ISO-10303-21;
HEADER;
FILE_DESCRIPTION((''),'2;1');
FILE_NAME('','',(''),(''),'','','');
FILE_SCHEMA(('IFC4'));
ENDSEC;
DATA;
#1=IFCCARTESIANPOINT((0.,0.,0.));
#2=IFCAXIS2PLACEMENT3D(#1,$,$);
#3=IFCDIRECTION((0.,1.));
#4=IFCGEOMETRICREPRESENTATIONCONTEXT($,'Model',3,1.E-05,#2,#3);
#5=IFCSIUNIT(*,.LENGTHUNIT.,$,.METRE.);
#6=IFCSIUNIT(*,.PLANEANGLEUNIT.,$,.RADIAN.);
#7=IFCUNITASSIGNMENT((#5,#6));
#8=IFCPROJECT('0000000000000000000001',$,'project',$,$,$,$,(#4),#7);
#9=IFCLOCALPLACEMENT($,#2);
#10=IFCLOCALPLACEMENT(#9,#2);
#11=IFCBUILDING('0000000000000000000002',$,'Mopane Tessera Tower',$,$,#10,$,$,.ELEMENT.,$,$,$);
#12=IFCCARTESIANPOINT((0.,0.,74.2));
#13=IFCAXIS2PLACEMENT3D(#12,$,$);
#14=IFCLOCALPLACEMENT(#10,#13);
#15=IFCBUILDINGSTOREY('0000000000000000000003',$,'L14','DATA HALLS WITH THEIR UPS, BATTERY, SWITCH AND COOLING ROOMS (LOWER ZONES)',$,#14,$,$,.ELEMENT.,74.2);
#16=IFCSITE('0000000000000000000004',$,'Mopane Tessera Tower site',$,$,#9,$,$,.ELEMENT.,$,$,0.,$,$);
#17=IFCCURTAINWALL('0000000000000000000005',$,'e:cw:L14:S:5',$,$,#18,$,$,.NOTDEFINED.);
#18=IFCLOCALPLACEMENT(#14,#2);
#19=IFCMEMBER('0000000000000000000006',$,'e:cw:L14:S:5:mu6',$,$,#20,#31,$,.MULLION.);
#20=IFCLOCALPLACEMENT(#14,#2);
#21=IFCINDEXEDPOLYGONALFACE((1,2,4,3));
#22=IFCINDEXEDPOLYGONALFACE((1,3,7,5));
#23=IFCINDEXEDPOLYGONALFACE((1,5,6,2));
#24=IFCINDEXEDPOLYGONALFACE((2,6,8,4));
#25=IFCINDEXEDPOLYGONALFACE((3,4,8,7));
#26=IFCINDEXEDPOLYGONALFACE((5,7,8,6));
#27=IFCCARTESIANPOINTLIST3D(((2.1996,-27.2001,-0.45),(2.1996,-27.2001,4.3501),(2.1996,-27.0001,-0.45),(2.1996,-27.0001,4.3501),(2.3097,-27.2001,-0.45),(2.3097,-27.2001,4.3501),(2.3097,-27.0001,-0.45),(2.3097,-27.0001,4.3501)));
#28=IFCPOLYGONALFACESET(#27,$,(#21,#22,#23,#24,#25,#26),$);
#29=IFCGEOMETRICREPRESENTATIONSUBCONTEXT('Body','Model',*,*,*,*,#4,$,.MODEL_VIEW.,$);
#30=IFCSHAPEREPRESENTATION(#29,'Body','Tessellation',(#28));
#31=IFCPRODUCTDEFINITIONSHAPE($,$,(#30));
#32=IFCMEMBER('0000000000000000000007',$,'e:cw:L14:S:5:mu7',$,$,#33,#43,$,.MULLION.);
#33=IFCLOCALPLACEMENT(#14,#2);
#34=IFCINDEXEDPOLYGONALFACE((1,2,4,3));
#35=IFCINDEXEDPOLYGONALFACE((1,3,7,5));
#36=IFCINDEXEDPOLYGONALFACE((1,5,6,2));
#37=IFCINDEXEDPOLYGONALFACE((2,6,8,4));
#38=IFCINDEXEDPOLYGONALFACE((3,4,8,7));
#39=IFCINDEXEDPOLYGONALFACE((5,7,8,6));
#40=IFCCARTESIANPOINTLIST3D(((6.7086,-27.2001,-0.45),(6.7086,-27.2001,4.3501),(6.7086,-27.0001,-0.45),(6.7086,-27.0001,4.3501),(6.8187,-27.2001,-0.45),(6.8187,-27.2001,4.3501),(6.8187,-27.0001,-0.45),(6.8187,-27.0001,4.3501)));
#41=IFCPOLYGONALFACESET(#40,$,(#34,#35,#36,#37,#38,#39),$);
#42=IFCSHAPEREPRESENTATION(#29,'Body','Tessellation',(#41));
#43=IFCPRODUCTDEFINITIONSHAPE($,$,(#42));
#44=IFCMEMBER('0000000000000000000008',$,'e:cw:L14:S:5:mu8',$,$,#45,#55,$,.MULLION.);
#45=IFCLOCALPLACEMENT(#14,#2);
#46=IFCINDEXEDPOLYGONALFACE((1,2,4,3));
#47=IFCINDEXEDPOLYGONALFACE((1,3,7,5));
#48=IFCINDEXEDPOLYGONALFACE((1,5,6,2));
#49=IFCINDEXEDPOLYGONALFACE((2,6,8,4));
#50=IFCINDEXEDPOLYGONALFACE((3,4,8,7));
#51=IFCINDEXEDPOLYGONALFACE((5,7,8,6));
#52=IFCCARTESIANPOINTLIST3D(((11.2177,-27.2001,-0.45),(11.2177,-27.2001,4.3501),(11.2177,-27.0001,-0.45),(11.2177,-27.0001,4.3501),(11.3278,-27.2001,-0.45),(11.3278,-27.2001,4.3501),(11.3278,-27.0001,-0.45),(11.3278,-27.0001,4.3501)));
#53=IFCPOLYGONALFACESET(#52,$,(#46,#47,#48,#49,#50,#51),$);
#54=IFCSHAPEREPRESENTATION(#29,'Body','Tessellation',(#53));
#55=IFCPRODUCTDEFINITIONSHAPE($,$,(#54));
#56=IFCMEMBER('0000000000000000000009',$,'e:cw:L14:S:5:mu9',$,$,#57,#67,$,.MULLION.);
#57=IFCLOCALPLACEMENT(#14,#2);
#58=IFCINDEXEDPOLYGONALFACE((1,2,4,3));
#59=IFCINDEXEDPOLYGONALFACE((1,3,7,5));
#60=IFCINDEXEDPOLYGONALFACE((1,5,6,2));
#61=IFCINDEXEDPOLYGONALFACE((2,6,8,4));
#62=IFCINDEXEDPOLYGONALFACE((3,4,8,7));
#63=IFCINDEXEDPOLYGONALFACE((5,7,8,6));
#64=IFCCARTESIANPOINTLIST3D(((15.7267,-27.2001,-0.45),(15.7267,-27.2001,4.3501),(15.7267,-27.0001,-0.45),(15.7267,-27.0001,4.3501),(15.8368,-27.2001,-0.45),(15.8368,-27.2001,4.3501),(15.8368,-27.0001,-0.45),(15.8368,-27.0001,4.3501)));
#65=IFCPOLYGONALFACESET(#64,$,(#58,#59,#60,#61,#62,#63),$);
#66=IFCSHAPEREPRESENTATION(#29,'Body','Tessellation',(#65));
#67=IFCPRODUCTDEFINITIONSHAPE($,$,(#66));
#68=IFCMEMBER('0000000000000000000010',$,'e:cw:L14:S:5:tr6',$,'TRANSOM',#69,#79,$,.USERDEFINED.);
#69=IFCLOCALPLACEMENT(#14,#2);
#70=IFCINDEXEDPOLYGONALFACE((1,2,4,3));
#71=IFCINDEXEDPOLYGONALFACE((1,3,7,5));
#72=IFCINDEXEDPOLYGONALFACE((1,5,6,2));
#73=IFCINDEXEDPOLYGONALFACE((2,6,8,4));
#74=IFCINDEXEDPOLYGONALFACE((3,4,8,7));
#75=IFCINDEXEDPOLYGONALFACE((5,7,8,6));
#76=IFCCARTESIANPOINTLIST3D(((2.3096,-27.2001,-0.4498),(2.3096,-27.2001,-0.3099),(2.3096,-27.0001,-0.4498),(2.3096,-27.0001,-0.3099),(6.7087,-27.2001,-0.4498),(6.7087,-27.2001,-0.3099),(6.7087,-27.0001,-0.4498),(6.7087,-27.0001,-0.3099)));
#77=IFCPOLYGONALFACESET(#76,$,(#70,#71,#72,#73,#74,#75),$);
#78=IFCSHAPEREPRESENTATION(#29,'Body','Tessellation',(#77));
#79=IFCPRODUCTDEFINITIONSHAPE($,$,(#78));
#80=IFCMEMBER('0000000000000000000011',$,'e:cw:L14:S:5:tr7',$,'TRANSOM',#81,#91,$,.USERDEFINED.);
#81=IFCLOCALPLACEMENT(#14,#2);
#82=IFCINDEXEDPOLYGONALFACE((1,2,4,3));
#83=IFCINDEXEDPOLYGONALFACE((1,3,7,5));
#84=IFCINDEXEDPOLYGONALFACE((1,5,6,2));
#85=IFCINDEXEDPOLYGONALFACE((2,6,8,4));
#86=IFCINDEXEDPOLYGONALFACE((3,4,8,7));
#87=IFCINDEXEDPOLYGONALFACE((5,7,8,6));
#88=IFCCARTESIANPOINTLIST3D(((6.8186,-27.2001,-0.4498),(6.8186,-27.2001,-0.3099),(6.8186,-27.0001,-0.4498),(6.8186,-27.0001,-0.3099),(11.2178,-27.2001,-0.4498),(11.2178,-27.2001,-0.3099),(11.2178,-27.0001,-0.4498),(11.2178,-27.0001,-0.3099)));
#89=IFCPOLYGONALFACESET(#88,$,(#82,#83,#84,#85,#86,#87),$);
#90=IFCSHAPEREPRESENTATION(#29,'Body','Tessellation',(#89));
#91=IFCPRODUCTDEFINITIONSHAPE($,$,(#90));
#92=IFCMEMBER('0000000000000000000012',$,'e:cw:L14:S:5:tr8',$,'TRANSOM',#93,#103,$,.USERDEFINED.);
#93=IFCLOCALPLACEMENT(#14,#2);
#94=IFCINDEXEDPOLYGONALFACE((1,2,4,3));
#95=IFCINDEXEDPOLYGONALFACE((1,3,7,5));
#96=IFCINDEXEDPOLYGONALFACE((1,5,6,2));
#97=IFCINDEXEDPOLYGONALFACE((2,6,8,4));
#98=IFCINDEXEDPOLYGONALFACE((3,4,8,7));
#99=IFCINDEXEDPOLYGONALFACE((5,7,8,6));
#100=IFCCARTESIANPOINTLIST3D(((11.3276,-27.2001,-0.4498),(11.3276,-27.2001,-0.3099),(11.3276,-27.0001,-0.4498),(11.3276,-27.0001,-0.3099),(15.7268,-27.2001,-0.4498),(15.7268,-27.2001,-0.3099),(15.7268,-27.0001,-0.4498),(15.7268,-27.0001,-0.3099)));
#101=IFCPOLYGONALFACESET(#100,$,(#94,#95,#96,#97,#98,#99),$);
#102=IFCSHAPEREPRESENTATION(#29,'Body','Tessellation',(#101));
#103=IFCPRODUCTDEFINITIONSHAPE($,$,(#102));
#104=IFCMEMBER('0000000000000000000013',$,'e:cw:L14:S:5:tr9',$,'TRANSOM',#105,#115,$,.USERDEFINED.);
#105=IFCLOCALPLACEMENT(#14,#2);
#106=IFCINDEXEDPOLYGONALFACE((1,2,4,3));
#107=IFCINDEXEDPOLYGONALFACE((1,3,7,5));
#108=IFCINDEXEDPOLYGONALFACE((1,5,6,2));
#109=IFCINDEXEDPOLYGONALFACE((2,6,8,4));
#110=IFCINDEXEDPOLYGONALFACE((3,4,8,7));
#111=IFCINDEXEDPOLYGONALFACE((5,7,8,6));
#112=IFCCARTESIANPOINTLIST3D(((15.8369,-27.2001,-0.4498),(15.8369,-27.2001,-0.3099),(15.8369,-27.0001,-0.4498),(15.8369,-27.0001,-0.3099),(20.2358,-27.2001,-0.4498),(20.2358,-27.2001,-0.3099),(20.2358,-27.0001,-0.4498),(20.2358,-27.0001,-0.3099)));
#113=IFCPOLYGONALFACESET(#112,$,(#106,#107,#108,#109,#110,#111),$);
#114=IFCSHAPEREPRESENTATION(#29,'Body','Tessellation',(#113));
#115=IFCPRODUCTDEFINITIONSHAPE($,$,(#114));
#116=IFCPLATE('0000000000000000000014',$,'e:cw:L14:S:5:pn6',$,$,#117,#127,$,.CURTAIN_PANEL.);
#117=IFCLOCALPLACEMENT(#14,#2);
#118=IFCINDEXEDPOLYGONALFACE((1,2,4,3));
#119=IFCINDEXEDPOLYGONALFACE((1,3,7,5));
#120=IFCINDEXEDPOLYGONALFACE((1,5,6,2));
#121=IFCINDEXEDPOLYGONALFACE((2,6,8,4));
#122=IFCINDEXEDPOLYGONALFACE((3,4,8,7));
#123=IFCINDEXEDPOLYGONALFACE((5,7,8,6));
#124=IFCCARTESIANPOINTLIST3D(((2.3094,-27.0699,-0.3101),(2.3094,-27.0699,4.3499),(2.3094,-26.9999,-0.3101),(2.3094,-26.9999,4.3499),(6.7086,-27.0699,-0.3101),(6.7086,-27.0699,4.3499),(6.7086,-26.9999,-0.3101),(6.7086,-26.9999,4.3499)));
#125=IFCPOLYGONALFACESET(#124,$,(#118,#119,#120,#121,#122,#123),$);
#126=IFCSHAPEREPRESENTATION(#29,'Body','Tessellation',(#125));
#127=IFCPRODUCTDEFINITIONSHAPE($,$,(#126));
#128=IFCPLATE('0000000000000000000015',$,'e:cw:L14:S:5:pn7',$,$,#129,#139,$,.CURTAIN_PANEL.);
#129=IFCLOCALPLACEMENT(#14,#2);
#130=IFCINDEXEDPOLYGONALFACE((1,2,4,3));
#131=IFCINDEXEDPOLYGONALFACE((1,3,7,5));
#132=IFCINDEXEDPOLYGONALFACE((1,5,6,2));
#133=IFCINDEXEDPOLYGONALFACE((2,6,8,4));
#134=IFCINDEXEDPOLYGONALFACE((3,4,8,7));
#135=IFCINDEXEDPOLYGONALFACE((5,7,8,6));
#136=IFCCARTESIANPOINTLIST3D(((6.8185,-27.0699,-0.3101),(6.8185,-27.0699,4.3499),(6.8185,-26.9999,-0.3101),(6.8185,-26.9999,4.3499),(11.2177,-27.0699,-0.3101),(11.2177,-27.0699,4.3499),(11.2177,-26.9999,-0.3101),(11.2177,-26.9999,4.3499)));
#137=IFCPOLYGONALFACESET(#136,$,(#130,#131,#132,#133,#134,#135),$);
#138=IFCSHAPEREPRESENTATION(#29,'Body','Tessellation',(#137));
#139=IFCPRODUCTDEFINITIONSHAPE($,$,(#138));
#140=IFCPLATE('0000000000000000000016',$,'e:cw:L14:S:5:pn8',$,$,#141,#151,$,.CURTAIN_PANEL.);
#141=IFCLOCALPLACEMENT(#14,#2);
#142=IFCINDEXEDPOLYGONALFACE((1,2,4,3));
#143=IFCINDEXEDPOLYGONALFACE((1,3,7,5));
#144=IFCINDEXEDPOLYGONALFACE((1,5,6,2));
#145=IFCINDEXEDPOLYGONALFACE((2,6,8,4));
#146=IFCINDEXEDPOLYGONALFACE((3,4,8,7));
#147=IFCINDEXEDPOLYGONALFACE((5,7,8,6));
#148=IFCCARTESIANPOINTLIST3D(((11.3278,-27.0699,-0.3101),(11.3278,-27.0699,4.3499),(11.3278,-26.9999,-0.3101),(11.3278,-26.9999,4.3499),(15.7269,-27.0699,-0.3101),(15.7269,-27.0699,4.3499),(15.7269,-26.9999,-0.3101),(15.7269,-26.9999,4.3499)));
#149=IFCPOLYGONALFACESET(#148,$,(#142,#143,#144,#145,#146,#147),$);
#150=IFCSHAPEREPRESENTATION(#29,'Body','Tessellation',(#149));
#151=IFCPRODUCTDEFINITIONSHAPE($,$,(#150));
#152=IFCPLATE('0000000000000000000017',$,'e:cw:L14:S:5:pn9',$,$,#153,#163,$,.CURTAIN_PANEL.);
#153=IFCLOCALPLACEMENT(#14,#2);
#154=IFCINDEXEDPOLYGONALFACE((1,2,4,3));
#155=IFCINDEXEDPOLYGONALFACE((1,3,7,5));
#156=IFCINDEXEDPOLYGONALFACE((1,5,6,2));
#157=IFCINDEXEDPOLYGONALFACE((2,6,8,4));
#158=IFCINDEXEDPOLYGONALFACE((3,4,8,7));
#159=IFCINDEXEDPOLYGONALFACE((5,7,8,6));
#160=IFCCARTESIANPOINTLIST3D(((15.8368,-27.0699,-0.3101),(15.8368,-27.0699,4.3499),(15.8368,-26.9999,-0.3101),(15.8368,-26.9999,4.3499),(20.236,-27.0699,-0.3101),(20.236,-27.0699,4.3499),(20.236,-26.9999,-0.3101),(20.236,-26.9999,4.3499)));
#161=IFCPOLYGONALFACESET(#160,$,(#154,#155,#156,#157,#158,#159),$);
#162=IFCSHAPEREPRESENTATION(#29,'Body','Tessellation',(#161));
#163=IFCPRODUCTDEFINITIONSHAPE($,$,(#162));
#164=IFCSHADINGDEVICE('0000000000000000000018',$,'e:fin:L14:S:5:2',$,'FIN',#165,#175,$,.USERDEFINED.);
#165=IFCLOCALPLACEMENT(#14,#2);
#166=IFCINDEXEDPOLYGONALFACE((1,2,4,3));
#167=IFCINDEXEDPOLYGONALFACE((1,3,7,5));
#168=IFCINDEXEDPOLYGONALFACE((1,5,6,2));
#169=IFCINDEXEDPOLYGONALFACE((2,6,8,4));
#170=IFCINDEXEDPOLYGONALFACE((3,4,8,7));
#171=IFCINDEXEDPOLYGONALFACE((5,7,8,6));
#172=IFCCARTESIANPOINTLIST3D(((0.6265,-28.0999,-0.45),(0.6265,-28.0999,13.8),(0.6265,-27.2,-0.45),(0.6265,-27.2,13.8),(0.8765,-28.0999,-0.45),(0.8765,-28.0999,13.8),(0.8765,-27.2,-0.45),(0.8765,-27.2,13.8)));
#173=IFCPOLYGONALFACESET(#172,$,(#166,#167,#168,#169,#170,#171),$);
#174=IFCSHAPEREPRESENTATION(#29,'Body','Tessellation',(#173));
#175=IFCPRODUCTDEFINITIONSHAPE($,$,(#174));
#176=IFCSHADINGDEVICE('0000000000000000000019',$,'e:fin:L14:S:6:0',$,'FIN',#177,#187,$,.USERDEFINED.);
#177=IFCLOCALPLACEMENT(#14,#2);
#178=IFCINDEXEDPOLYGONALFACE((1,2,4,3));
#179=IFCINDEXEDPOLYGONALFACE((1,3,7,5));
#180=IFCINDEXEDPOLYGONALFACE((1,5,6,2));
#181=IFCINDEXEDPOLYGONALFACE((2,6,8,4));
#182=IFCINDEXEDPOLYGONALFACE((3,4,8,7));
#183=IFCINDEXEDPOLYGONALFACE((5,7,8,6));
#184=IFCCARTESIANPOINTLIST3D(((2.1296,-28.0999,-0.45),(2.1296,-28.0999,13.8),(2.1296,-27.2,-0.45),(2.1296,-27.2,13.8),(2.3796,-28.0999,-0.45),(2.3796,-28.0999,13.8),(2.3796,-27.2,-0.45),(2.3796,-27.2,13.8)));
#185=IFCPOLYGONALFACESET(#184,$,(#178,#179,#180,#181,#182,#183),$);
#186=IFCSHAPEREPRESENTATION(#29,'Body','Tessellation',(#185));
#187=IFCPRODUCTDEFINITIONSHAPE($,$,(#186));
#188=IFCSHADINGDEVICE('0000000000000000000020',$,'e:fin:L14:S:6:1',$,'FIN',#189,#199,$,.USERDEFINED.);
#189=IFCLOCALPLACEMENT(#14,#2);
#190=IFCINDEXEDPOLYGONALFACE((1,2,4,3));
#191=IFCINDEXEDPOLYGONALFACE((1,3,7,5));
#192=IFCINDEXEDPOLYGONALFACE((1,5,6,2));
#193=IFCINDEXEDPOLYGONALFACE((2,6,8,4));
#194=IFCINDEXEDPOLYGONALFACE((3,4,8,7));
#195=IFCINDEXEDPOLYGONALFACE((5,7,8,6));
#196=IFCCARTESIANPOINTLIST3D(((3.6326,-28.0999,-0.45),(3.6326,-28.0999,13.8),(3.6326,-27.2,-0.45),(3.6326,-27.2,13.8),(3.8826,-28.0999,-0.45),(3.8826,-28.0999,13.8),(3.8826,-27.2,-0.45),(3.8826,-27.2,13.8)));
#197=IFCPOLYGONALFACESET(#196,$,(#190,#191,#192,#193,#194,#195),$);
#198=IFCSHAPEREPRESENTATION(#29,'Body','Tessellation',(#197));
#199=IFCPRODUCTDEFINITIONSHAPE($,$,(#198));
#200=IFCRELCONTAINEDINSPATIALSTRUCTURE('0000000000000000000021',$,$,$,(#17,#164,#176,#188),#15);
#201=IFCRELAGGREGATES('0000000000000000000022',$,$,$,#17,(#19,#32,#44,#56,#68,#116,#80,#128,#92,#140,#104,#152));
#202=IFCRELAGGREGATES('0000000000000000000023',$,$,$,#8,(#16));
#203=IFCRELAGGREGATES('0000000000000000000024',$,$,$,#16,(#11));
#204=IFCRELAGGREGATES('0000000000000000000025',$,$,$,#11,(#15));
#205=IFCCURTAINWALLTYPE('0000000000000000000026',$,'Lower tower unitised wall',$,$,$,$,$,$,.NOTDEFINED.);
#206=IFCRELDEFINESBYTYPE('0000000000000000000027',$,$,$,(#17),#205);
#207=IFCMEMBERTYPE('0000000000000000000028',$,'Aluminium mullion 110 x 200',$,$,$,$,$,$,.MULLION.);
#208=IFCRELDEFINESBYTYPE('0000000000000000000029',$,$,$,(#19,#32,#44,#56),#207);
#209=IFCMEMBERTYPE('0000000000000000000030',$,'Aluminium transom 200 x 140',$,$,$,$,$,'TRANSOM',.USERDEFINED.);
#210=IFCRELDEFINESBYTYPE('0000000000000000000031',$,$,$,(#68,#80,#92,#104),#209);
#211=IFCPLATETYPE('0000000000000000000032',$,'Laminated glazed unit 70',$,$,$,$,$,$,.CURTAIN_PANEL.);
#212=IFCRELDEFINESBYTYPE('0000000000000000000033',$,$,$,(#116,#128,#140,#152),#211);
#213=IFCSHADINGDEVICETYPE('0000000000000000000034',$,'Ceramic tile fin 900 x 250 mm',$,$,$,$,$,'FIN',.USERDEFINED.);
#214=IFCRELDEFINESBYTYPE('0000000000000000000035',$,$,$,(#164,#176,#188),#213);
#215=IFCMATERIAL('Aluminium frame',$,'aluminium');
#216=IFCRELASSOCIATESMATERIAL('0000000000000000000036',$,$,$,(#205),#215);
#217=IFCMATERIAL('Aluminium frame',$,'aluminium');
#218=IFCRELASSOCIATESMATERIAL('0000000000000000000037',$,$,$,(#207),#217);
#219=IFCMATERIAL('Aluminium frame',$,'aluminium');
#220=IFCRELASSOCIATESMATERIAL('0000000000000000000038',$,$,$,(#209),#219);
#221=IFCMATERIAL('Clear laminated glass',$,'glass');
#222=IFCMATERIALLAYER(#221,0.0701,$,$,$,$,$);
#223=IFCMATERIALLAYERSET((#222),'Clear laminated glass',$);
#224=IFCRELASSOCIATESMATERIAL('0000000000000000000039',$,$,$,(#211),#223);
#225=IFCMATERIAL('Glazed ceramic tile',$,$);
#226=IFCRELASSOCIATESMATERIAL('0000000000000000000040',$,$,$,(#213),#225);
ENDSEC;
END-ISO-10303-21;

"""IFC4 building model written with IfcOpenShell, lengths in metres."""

from ifc_helpers import new_model, si_unit, direction, frame, origin, origin_2d, place, context, subcontext, project, spatial, rectangle, extrude, material, layer, layer_set, material_profile, profile_set, type_object, element, aggregate, save


model = new_model("IFC4")

# Units and contexts
model_context = context("Model", 3, precision=1e-05, world=origin(), true_north=direction((0.0, 1.0)))
body_context = subcontext(model_context, "Body", "Model", "MODEL_VIEW")
ifc_project = project(units=[si_unit("LENGTHUNIT", "METRE"), si_unit("PLANEANGLEUNIT", "RADIAN")], contexts=[model_context])

# Site, building, storey
site_placement = place(None, origin())
site = spatial("IfcSite", under=ifc_project, at=site_placement, Name="Mopane Tessera Tower site", CompositionType="ELEMENT", RefElevation=0.0)
building_placement = place(site_placement, origin())
building = spatial("IfcBuilding", under=site, at=building_placement, Name="Mopane Tessera Tower", CompositionType="ELEMENT")
storey_placement = place(building_placement, frame((0.0, 0.0, 74.2)))
storey = spatial("IfcBuildingStorey", under=building, at=storey_placement, Name="L14", Description="DATA HALLS WITH THEIR UPS, BATTERY, SWITCH AND COOLING ROOMS (LOWER ZONES)", CompositionType="ELEMENT", Elevation=74.2)

# Curtain wall, members, plates
ifc_material_1 = material(Name="Aluminium frame", Category="aluminium")
curtain_wall_type = type_object("IfcCurtainWallType", Name="Lower tower unitised wall", PredefinedType="NOTDEFINED", material=ifc_material_1)
curtain_wall_placement = place(storey_placement, origin())
curtain_wall = element("IfcCurtainWall", 1, at=curtain_wall_placement, inside=storey, type_object=curtain_wall_type, Name="e:cw:L14:S:5", PredefinedType="NOTDEFINED")
ifc_material_2 = material(Name="Aluminium frame", Category="aluminium")
ifc_material_profile_1 = material_profile(ifc_material_2, rectangle(XDim=0.1101, YDim=0.2, at=origin_2d()))
ifc_profile_set_1 = profile_set([ifc_material_profile_1], Name="Aluminium frame")
member_type_1 = type_object("IfcMemberType", Name="Aluminium mullion 110 x 200", PredefinedType="MULLION", material=ifc_profile_set_1)
member_1_placement = place(storey_placement, frame((2.2546, -27.1001, -0.45), z_axis=(0.0, 0.0, 1.0), x_axis=(1.0, 0.0, 0.0)))
member_1 = element("IfcMember", 2, at=member_1_placement, type_object=member_type_1, Name="e:cw:L14:S:5:mu6", PredefinedType="MULLION", context=body_context, shape_type="SweptSolid", body=[
    extrude(rectangle(XDim=0.1101, YDim=0.2, at=origin_2d()), origin(), (0.0, 0.0, 1.0), 4.8),
])
member_2_placement = place(storey_placement, frame((6.7637, -27.1001, -0.45), z_axis=(0.0, 0.0, 1.0), x_axis=(1.0, 0.0, 0.0)))
member_2 = element("IfcMember", 3, at=member_2_placement, type_object=member_type_1, Name="e:cw:L14:S:5:mu7", PredefinedType="MULLION", context=body_context, shape_type="SweptSolid", body=[
    extrude(rectangle(XDim=0.1101, YDim=0.2, at=origin_2d()), origin(), (0.0, 0.0, 1.0), 4.8),
])
member_3_placement = place(storey_placement, frame((11.2727, -27.1001, -0.45), z_axis=(0.0, 0.0, 1.0), x_axis=(1.0, 0.0, 0.0)))
member_3 = element("IfcMember", 4, at=member_3_placement, type_object=member_type_1, Name="e:cw:L14:S:5:mu8", PredefinedType="MULLION", context=body_context, shape_type="SweptSolid", body=[
    extrude(rectangle(XDim=0.1101, YDim=0.2, at=origin_2d()), origin(), (0.0, 0.0, 1.0), 4.8),
])
member_4_placement = place(storey_placement, frame((15.7817, -27.1001, -0.45), z_axis=(0.0, 0.0, 1.0), x_axis=(1.0, 0.0, 0.0)))
member_4 = element("IfcMember", 5, at=member_4_placement, type_object=member_type_1, Name="e:cw:L14:S:5:mu9", PredefinedType="MULLION", context=body_context, shape_type="SweptSolid", body=[
    extrude(rectangle(XDim=0.1101, YDim=0.2, at=origin_2d()), origin(), (0.0, 0.0, 1.0), 4.8),
])
ifc_material_3 = material(Name="Aluminium frame", Category="aluminium")
ifc_material_profile_2 = material_profile(ifc_material_3, rectangle(XDim=0.2, YDim=0.1399, at=origin_2d()))
ifc_profile_set_2 = profile_set([ifc_material_profile_2], Name="Aluminium frame")
member_type_2 = type_object("IfcMemberType", Name="Aluminium transom 200 x 140", ElementType="TRANSOM", PredefinedType="USERDEFINED", material=ifc_profile_set_2)
member_5_placement = place(storey_placement, frame((2.3096, -27.1001, -0.3799), z_axis=(1.0, 0.0, 0.0), x_axis=(0.0, 1.0, 0.0)))
member_5 = element("IfcMember", 6, at=member_5_placement, type_object=member_type_2, Name="e:cw:L14:S:5:tr6", ObjectType="TRANSOM", PredefinedType="USERDEFINED", context=body_context, shape_type="SweptSolid", body=[
    extrude(rectangle(XDim=0.2, YDim=0.1399, at=origin_2d()), origin(), (0.0, 0.0, 1.0), 4.3992),
])
member_6_placement = place(storey_placement, frame((6.8186, -27.1001, -0.3799), z_axis=(1.0, 0.0, 0.0), x_axis=(0.0, 1.0, 0.0)))
member_6 = element("IfcMember", 7, at=member_6_placement, type_object=member_type_2, Name="e:cw:L14:S:5:tr7", ObjectType="TRANSOM", PredefinedType="USERDEFINED", context=body_context, shape_type="SweptSolid", body=[
    extrude(rectangle(XDim=0.2, YDim=0.1399, at=origin_2d()), origin(), (0.0, 0.0, 1.0), 4.3992),
])
member_7_placement = place(storey_placement, frame((11.3276, -27.1001, -0.3799), z_axis=(1.0, 0.0, 0.0), x_axis=(0.0, 1.0, 0.0)))
member_7 = element("IfcMember", 8, at=member_7_placement, type_object=member_type_2, Name="e:cw:L14:S:5:tr8", ObjectType="TRANSOM", PredefinedType="USERDEFINED", context=body_context, shape_type="SweptSolid", body=[
    extrude(rectangle(XDim=0.2, YDim=0.1399, at=origin_2d()), origin(), (0.0, 0.0, 1.0), 4.3992),
])
member_8_placement = place(storey_placement, frame((15.8369, -27.1001, -0.3799), z_axis=(1.0, 0.0, 0.0), x_axis=(0.0, 1.0, 0.0)))
member_8 = element("IfcMember", 9, at=member_8_placement, type_object=member_type_2, Name="e:cw:L14:S:5:tr9", ObjectType="TRANSOM", PredefinedType="USERDEFINED", context=body_context, shape_type="SweptSolid", body=[
    extrude(rectangle(XDim=0.2, YDim=0.1399, at=origin_2d()), origin(), (0.0, 0.0, 1.0), 4.3989),
])
ifc_material_4 = material(Name="Clear laminated glass", Category="glass")
ifc_layer = layer(ifc_material_4, 0.0701)
ifc_layer_set = layer_set([ifc_layer], Name="Clear laminated glass")
plate_type = type_object("IfcPlateType", Name="Laminated glazed unit 70", PredefinedType="CURTAIN_PANEL", material=ifc_layer_set)
plate_1_placement = place(storey_placement, frame((4.509, -27.0349, -0.3101), z_axis=(0.0, 0.0, 1.0), x_axis=(1.0, 0.0, 0.0)))
plate_1 = element("IfcPlate", 10, at=plate_1_placement, type_object=plate_type, Name="e:cw:L14:S:5:pn6", PredefinedType="CURTAIN_PANEL", context=body_context, shape_type="SweptSolid", body=[
    extrude(rectangle(XDim=4.3992, YDim=0.0701, at=origin_2d()), origin(), (0.0, 0.0, 1.0), 4.6599),
])
plate_2_placement = place(storey_placement, frame((9.0181, -27.0349, -0.3101), z_axis=(0.0, 0.0, 1.0), x_axis=(1.0, 0.0, 0.0)))
plate_2 = element("IfcPlate", 11, at=plate_2_placement, type_object=plate_type, Name="e:cw:L14:S:5:pn7", PredefinedType="CURTAIN_PANEL", context=body_context, shape_type="SweptSolid", body=[
    extrude(rectangle(XDim=4.3992, YDim=0.0701, at=origin_2d()), origin(), (0.0, 0.0, 1.0), 4.6599),
])
plate_3_placement = place(storey_placement, frame((13.5273, -27.0349, -0.3101), z_axis=(0.0, 0.0, 1.0), x_axis=(1.0, 0.0, 0.0)))
plate_3 = element("IfcPlate", 12, at=plate_3_placement, type_object=plate_type, Name="e:cw:L14:S:5:pn8", PredefinedType="CURTAIN_PANEL", context=body_context, shape_type="SweptSolid", body=[
    extrude(rectangle(XDim=4.3992, YDim=0.0701, at=origin_2d()), origin(), (0.0, 0.0, 1.0), 4.6599),
])
plate_4_placement = place(storey_placement, frame((18.0364, -27.0349, -0.3101), z_axis=(0.0, 0.0, 1.0), x_axis=(1.0, 0.0, 0.0)))
plate_4 = element("IfcPlate", 13, at=plate_4_placement, type_object=plate_type, Name="e:cw:L14:S:5:pn9", PredefinedType="CURTAIN_PANEL", context=body_context, shape_type="SweptSolid", body=[
    extrude(rectangle(XDim=4.3992, YDim=0.0701, at=origin_2d()), origin(), (0.0, 0.0, 1.0), 4.6599),
])
aggregate(curtain_wall, [member_1, member_2, member_3, member_4, member_5, plate_1, member_6, plate_2, member_7, plate_3, member_8, plate_4])

# Shading devices
ifc_material_5 = material(Name="Glazed ceramic tile")
shading_device_type = type_object("IfcShadingDeviceType", Name="Ceramic tile fin 900 x 250 mm", ElementType="FIN", PredefinedType="USERDEFINED", material=ifc_material_5)
for number, where, z_axis, x_axis, name in (
    (14, (0.7515, -27.6499, -0.45), (0.0, 0.0, 1.0), (1.0, 0.0, 0.0), "e:fin:L14:S:5:2"),
    (15, (2.2546, -27.6499, -0.45), (0.0, 0.0, 1.0), (1.0, 0.0, 0.0), "e:fin:L14:S:6:0"),
    (16, (3.7576, -27.6499, -0.45), (0.0, 0.0, 1.0), (1.0, 0.0, 0.0), "e:fin:L14:S:6:1"),
):
    element("IfcShadingDevice", number, at=place(storey_placement, frame(where, z_axis=z_axis, x_axis=x_axis)), inside=storey, type_object=shading_device_type, Name=name, ObjectType="FIN", PredefinedType="USERDEFINED", context=body_context, shape_type="SweptSolid", body=[
        extrude(rectangle(XDim=0.25, YDim=0.8999, at=origin_2d()), origin(), (0.0, 0.0, 1.0), 14.25),
    ])

save(model, "model.ifc")
